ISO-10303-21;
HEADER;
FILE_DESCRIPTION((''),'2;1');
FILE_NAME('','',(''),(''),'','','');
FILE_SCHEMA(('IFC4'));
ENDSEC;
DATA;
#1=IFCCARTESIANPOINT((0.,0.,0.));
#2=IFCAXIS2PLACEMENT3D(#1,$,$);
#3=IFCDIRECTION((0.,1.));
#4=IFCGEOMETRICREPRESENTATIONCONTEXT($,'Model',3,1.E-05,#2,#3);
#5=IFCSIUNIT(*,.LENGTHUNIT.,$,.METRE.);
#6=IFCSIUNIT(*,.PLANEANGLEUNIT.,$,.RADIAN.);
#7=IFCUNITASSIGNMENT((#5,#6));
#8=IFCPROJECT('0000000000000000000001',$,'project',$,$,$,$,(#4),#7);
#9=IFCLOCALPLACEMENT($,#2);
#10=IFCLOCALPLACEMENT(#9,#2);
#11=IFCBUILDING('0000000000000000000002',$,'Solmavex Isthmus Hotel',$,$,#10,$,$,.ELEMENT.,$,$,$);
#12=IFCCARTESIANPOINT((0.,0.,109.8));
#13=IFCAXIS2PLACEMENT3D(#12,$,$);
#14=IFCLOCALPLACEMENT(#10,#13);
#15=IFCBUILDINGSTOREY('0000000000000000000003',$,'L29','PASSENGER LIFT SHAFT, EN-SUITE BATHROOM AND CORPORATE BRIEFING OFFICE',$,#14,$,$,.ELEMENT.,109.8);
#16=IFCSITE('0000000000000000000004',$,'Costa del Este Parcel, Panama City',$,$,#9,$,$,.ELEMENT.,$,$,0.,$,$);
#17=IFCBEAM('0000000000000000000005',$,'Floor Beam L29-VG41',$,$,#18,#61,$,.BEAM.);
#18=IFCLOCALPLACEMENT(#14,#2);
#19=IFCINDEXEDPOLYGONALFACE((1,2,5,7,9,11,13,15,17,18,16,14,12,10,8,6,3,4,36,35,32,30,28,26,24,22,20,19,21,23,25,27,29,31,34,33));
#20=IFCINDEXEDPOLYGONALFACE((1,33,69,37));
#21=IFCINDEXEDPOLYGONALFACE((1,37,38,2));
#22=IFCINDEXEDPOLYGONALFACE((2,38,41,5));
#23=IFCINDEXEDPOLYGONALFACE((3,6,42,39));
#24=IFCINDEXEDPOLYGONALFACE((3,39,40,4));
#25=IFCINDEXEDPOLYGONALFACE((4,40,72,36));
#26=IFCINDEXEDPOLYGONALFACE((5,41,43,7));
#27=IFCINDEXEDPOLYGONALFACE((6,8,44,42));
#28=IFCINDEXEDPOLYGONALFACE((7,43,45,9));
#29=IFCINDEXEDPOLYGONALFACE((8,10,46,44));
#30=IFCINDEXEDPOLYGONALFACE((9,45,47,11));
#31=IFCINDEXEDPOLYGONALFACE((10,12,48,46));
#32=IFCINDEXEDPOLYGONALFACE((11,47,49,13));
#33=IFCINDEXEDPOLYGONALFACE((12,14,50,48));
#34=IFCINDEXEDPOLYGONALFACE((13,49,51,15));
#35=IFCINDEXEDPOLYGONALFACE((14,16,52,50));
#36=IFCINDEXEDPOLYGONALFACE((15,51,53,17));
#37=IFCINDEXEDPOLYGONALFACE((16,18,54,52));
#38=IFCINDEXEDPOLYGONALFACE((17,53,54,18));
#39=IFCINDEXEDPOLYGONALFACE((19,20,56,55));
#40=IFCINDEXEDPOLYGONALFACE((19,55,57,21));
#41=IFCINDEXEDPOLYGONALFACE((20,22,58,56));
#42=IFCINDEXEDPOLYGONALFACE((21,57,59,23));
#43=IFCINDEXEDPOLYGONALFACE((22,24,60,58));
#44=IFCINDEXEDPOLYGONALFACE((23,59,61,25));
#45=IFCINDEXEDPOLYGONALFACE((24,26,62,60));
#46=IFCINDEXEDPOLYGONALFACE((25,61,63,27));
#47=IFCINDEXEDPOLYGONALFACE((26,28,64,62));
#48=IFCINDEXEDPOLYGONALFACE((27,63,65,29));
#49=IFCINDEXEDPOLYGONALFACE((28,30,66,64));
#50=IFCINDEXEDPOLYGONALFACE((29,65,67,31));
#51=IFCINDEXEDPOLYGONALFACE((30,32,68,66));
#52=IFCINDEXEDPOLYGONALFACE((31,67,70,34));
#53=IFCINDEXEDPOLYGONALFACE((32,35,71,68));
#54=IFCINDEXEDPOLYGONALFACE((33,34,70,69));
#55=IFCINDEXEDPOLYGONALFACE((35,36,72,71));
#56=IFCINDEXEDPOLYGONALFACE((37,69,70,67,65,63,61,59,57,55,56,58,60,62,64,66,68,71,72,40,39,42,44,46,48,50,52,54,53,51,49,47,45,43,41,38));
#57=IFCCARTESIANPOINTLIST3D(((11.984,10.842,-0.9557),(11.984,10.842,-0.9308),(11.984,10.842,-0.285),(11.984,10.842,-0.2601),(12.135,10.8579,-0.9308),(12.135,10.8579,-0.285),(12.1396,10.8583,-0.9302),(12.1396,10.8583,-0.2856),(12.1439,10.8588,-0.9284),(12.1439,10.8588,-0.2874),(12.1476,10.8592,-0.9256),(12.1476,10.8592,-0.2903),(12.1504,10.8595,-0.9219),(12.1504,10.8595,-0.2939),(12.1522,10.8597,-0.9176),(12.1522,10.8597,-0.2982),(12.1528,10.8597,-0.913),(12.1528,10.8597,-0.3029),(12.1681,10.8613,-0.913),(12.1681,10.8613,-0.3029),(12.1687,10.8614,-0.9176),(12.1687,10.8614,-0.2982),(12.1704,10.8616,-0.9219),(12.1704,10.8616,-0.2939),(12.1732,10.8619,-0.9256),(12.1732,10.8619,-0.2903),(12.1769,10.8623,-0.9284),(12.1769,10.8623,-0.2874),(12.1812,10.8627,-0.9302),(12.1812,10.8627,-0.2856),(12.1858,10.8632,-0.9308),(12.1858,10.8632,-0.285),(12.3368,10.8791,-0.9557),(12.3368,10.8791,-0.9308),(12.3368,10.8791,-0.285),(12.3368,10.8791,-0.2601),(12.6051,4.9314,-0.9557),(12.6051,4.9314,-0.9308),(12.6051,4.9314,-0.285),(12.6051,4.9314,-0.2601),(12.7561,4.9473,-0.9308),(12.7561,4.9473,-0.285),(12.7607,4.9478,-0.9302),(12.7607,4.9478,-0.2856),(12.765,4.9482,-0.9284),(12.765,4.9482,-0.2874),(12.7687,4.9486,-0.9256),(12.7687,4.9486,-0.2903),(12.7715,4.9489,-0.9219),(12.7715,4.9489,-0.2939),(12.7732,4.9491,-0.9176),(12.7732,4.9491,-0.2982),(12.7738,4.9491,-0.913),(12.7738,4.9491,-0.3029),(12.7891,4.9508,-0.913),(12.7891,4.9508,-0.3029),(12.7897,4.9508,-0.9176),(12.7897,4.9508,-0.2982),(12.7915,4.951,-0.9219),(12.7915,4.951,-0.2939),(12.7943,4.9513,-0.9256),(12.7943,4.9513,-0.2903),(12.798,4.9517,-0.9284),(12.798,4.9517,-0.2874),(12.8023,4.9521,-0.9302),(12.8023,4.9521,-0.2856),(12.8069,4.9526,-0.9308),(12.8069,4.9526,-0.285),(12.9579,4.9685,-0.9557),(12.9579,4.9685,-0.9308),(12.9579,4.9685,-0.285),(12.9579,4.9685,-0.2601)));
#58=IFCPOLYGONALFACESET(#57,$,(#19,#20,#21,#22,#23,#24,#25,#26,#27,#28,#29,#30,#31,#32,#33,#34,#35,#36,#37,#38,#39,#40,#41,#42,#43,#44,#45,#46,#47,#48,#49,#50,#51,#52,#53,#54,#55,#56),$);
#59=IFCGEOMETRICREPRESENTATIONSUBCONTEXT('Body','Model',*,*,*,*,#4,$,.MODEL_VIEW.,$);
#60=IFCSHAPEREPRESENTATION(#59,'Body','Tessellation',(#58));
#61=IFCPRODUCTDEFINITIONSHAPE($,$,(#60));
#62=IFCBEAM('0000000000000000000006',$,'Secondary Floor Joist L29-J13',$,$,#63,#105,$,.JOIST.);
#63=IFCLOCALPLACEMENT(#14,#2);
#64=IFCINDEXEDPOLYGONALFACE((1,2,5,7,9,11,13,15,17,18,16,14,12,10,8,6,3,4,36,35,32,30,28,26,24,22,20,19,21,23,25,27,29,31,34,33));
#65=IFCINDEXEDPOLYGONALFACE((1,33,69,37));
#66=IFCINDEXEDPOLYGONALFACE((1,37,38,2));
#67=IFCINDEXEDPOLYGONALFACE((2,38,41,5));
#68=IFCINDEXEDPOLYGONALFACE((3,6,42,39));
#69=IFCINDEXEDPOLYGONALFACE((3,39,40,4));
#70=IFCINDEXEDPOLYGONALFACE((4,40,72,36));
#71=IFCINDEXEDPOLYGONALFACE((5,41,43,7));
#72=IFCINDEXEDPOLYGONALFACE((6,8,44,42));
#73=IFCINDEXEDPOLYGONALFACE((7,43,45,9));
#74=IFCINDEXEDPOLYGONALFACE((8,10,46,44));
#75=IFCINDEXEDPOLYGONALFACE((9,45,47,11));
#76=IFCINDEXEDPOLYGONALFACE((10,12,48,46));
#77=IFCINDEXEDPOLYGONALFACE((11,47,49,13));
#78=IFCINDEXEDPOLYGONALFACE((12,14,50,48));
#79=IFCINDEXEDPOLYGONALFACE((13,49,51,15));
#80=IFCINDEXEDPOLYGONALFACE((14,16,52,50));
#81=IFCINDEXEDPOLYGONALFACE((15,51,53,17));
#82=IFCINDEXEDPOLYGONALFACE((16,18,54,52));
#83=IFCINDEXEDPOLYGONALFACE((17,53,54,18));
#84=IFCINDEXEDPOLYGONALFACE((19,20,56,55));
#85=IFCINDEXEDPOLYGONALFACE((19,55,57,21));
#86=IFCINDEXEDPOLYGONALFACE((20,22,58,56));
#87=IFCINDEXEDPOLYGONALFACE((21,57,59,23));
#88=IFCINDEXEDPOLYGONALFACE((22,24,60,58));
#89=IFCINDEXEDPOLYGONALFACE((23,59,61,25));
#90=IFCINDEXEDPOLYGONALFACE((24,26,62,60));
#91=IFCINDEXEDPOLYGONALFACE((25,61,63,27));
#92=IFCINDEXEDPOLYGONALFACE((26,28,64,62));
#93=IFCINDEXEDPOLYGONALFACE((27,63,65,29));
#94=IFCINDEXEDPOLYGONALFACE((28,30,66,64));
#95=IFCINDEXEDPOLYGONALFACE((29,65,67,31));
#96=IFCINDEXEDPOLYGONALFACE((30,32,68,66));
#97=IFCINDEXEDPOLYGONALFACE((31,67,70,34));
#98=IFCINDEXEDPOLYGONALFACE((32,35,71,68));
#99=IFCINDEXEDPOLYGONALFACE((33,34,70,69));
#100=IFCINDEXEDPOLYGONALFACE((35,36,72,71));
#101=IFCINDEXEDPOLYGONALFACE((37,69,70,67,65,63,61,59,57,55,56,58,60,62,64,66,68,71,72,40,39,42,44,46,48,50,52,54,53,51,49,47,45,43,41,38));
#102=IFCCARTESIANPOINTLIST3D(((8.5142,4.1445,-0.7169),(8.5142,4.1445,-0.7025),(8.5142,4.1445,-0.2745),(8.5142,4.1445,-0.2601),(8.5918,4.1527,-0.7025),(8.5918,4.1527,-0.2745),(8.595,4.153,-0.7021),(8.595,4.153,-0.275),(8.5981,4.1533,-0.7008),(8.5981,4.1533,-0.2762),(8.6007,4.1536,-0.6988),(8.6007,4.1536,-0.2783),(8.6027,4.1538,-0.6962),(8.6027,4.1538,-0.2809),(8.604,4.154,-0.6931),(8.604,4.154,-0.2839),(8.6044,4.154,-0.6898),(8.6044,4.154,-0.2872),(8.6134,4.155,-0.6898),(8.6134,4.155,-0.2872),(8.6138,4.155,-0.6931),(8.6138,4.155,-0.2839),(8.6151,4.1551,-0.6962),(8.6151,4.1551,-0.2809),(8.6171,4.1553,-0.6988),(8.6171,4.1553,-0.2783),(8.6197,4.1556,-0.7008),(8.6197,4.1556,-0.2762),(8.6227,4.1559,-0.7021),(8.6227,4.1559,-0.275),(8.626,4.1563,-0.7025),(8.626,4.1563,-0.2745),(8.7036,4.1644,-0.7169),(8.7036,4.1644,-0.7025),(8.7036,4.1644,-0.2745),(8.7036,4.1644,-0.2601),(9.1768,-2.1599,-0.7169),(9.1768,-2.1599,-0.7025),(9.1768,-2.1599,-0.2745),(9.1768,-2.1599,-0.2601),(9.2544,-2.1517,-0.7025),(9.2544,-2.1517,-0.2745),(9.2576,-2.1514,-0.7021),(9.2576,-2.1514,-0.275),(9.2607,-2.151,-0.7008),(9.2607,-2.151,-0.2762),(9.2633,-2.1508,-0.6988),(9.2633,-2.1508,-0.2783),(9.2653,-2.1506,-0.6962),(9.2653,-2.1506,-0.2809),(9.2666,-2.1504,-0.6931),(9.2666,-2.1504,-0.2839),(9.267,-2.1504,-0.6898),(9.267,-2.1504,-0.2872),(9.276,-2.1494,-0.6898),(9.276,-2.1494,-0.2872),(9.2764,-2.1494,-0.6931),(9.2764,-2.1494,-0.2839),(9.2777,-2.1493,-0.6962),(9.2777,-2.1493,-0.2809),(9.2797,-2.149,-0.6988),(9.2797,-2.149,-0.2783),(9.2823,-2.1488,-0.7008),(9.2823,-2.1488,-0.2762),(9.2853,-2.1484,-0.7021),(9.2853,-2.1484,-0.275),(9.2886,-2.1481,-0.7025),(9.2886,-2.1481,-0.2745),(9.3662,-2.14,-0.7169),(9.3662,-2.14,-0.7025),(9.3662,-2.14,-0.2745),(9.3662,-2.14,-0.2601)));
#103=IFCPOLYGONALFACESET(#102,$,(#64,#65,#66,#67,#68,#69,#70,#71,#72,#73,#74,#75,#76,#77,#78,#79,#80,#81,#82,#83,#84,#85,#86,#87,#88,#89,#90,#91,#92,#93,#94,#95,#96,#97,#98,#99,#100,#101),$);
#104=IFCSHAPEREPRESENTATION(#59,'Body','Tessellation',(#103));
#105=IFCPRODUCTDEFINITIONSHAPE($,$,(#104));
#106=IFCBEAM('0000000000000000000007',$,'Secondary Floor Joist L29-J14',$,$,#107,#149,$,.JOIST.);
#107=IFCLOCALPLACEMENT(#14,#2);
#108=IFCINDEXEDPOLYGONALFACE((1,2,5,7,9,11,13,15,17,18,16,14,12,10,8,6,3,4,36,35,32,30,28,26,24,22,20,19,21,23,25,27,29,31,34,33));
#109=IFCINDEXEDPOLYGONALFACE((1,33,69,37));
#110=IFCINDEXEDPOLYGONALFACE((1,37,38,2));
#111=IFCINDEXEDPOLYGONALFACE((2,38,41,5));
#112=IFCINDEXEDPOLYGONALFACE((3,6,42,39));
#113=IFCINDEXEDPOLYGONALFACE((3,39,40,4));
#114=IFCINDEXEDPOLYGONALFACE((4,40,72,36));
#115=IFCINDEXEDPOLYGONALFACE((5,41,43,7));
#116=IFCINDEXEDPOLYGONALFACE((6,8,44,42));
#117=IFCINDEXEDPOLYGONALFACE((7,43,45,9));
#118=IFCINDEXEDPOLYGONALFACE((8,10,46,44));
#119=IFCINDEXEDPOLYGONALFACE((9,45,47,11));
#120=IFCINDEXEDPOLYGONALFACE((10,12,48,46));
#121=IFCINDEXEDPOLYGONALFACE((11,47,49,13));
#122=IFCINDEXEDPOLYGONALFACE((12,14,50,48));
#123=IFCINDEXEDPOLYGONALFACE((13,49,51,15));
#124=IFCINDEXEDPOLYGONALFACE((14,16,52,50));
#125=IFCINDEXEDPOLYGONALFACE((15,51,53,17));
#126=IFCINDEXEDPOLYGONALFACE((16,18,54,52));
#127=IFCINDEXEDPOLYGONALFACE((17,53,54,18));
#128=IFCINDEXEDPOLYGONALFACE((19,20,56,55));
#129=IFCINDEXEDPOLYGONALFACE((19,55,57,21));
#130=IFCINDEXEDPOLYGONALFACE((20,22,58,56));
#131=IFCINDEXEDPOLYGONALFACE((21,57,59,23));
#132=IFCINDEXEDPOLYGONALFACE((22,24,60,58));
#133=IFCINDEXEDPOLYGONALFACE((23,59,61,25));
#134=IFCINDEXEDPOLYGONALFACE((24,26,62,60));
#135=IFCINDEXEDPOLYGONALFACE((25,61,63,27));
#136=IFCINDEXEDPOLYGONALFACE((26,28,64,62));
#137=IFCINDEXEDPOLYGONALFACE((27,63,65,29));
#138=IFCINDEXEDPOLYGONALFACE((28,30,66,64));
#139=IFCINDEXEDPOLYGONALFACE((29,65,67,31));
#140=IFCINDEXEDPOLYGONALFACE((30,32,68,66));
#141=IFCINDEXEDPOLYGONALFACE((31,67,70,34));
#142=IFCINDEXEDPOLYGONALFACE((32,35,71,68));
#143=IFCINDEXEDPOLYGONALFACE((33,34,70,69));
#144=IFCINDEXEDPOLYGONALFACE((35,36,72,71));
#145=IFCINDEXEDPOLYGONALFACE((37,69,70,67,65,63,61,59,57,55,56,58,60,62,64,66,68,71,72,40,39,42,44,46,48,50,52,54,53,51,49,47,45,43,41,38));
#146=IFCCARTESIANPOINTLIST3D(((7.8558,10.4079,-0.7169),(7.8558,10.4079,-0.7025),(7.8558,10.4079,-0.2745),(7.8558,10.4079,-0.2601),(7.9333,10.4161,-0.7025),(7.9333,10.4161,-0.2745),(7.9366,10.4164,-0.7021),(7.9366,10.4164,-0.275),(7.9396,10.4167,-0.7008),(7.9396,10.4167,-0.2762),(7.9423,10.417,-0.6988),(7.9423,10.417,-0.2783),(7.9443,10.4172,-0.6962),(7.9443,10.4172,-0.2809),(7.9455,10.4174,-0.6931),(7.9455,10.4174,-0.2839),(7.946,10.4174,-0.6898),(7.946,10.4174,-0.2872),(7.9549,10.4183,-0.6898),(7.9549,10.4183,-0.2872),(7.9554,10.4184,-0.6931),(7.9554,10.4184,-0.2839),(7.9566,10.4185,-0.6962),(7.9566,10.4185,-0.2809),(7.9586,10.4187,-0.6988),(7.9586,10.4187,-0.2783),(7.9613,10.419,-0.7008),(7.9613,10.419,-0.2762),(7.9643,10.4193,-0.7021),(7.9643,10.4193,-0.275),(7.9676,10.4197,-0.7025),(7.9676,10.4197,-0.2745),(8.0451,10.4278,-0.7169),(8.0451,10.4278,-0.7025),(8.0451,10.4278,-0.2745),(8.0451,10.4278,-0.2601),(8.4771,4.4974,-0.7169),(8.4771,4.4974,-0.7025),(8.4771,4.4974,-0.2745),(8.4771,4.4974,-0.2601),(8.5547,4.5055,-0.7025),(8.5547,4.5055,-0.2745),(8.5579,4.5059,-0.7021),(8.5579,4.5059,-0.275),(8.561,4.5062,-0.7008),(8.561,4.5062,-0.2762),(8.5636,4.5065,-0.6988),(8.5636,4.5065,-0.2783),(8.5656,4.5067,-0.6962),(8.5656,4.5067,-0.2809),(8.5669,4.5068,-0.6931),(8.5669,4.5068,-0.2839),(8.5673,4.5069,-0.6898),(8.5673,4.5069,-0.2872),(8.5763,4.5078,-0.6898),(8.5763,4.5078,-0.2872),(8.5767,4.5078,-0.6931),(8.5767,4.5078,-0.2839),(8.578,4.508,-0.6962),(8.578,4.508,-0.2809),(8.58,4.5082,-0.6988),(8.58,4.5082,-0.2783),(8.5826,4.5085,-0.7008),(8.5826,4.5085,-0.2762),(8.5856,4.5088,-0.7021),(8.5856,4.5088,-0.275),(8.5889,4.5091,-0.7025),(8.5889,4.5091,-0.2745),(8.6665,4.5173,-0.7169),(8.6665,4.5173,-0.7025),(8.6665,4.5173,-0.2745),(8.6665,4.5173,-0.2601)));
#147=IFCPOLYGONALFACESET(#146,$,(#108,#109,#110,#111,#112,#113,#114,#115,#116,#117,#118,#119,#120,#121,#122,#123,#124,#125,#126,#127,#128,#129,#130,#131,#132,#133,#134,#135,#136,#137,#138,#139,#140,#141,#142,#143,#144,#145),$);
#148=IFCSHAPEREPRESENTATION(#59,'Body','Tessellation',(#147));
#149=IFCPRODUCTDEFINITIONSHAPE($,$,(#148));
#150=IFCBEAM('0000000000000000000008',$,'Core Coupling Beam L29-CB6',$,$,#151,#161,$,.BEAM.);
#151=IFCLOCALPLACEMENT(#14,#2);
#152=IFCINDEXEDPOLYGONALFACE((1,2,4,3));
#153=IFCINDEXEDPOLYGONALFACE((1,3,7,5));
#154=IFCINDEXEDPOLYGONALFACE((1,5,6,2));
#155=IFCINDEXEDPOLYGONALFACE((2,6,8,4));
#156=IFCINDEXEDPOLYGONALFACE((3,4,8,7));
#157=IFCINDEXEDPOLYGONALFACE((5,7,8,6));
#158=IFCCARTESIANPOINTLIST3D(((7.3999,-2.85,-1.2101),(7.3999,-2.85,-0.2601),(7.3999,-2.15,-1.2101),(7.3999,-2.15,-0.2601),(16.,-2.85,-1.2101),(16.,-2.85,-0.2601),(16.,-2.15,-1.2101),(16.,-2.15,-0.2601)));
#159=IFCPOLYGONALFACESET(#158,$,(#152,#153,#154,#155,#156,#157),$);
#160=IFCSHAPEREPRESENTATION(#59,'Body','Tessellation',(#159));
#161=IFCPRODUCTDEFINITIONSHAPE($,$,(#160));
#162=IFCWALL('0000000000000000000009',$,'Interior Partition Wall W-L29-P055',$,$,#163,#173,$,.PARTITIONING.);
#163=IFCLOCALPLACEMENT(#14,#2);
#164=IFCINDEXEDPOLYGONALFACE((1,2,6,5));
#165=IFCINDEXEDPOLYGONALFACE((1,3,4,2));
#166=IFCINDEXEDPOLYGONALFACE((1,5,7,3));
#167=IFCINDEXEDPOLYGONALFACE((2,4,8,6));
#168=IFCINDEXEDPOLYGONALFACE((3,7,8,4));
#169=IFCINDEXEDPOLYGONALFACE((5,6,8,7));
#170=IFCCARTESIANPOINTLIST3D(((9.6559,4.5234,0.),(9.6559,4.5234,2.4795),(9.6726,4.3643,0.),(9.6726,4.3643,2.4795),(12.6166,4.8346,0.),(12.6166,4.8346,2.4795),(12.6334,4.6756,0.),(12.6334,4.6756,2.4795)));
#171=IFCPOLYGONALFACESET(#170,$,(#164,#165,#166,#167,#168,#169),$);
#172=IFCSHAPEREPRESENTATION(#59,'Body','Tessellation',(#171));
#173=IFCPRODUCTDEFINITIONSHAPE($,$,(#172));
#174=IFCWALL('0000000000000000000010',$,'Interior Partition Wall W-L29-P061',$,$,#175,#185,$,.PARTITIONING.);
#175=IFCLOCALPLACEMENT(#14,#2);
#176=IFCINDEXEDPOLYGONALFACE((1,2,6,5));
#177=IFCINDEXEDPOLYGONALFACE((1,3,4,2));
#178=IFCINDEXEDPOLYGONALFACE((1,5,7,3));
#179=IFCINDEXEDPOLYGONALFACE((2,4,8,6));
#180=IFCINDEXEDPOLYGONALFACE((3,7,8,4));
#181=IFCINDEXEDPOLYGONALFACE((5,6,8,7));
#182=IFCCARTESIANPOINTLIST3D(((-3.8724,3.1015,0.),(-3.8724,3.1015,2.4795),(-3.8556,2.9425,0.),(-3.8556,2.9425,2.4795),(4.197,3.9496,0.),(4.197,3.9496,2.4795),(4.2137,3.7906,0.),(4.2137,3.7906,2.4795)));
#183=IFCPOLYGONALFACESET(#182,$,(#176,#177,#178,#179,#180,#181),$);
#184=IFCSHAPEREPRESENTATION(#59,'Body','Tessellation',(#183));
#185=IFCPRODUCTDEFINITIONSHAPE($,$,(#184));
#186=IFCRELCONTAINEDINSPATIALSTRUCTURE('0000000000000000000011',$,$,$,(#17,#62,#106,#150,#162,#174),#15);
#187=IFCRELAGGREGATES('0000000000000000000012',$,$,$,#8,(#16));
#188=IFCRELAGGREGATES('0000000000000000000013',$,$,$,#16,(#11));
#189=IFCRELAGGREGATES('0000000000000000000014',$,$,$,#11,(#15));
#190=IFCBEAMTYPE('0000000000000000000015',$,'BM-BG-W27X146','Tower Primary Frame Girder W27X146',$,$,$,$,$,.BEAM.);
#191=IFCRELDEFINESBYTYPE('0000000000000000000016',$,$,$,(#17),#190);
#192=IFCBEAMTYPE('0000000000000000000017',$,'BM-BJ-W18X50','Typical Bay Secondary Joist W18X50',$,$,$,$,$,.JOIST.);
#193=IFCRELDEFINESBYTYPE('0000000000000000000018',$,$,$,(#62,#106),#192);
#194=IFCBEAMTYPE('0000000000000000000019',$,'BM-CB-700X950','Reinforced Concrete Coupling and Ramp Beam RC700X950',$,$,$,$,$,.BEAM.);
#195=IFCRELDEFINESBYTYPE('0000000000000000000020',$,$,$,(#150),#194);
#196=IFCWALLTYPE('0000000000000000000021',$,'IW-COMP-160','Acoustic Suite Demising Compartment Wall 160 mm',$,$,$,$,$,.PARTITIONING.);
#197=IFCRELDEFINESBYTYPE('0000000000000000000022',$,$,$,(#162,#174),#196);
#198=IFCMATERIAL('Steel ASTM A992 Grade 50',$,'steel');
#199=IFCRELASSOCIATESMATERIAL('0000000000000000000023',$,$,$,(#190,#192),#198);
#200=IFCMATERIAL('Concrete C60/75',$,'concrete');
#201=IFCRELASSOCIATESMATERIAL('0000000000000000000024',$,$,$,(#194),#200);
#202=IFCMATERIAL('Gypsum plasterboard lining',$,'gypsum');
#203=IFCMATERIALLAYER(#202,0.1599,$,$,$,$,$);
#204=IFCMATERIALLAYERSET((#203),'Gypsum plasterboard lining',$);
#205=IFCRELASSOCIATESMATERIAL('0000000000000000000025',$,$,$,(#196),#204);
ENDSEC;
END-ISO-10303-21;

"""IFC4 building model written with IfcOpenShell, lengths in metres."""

from ifc_helpers import new_model, si_unit, direction, frame, frame_2d, origin, origin_2d, place, context, subcontext, project, spatial, rectangle, i_section, extrude, material, layer, layer_set, material_profile, profile_set, type_object, element, save


model = new_model("IFC4")

# Units and contexts
model_context = context("Model", 3, precision=1e-05, world=origin(), true_north=direction((0.0, 1.0)))
body_context = subcontext(model_context, "Body", "Model", "MODEL_VIEW")
ifc_project = project(units=[si_unit("LENGTHUNIT", "METRE"), si_unit("PLANEANGLEUNIT", "RADIAN")], contexts=[model_context])

# Site, building, storey
site_placement = place(None, origin())
site = spatial("IfcSite", under=ifc_project, at=site_placement, Name="Costa del Este Parcel, Panama City", CompositionType="ELEMENT", RefElevation=0.0)
building_placement = place(site_placement, origin())
building = spatial("IfcBuilding", under=site, at=building_placement, Name="Solmavex Isthmus Hotel", CompositionType="ELEMENT")
storey_placement = place(building_placement, frame((0.0, 0.0, 109.8)))
storey = spatial("IfcBuildingStorey", under=building, at=storey_placement, Name="L29", Description="PASSENGER LIFT SHAFT, EN-SUITE BATHROOM AND CORPORATE BRIEFING OFFICE", CompositionType="ELEMENT", Elevation=109.8)

# Shared definitions
ifc_material_1 = material(Name="Concrete C60/75", Category="concrete")

# Beams
ifc_material_2 = material(Name="Steel ASTM A992 Grade 50", Category="steel")
ifc_material_profile_1 = material_profile(ifc_material_2, i_section(OverallWidth=0.3547, OverallDepth=0.6956, WebThickness=0.0154, FlangeThickness=0.0249, FilletRadius=0.0178, at=origin_2d()), Name="W27X146")
ifc_profile_set_1 = profile_set([ifc_material_profile_1], Name="Steel ASTM A992 Grade 50")
beam_type_1 = type_object("IfcBeamType", Name="BM-BG-W27X146", Description="Tower Primary Frame Girder W27X146", PredefinedType="BEAM", material=ifc_profile_set_1)
beam_1_placement = place(storey_placement, frame((12.7815, 4.95, -0.6079), z_axis=(-0.104505, 0.994524, 0.0), x_axis=(-0.994524, -0.104505, 0.0)))
element("IfcBeam", 1, at=beam_1_placement, inside=storey, type_object=beam_type_1, Name="Floor Beam L29-VG41", PredefinedType="BEAM", context=body_context, shape_type="SweptSolid", body=[
    extrude(i_section(OverallWidth=0.3547, OverallDepth=0.6956, WebThickness=0.0154, FlangeThickness=0.0249, FilletRadius=0.0178, at=origin_2d()), origin(), (0.0, 0.0, 1.0), 5.9431),
])
ifc_material_profile_2 = material_profile(ifc_material_2, i_section(OverallWidth=0.1904, OverallDepth=0.4568, WebThickness=0.009, FlangeThickness=0.0144, FilletRadius=0.0127, at=origin_2d()), Name="W18X50")
ifc_profile_set_2 = profile_set([ifc_material_profile_2], Name="Steel ASTM A992 Grade 50")
beam_type_2 = type_object("IfcBeamType", Name="BM-BJ-W18X50", Description="Typical Bay Secondary Joist W18X50", PredefinedType="JOIST", material=ifc_profile_set_2)
beam_2_placement = place(storey_placement, frame((9.2715, -2.1499, -0.4885), z_axis=(-0.104524, 0.994522, 0.0), x_axis=(-0.994522, -0.104524, 0.0)))
element("IfcBeam", 2, at=beam_2_placement, inside=storey, type_object=beam_type_2, Name="Secondary Floor Joist L29-J13", PredefinedType="JOIST", context=body_context, shape_type="SweptSolid", body=[
    extrude(i_section(OverallWidth=0.1904, OverallDepth=0.4568, WebThickness=0.009, FlangeThickness=0.0144, FilletRadius=0.0127, at=origin_2d()), origin(), (0.0, 0.0, 1.0), 6.3391),
])
beam_3_placement = place(storey_placement, frame((8.5718, 4.5073, -0.4885), z_axis=(-0.104546, 0.99452, 0.0), x_axis=(-0.99452, -0.104546, 0.0)))
element("IfcBeam", 3, at=beam_3_placement, inside=storey, type_object=beam_type_2, Name="Secondary Floor Joist L29-J14", PredefinedType="JOIST", context=body_context, shape_type="SweptSolid", body=[
    extrude(i_section(OverallWidth=0.1904, OverallDepth=0.4568, WebThickness=0.009, FlangeThickness=0.0144, FilletRadius=0.0127, at=origin_2d()), origin(), (0.0, 0.0, 1.0), 5.9431),
])
ifc_material_profile_3 = material_profile(ifc_material_1, rectangle(XDim=0.7, YDim=0.95, at=origin_2d()), Name="RC700X950")
ifc_profile_set_3 = profile_set([ifc_material_profile_3], Name="Concrete C60/75")
beam_type_3 = type_object("IfcBeamType", Name="BM-CB-700X950", Description="Reinforced Concrete Coupling and Ramp Beam RC700X950", PredefinedType="BEAM", material=ifc_profile_set_3)
beam_4_placement = place(storey_placement, frame((7.3999, -2.5, -0.7351), z_axis=(1.0, 0.0, 0.0), x_axis=(0.0, 1.0, 0.0)))
element("IfcBeam", 4, at=beam_4_placement, inside=storey, type_object=beam_type_3, Name="Core Coupling Beam L29-CB6", PredefinedType="BEAM", context=body_context, shape_type="SweptSolid", body=[
    extrude(rectangle(XDim=0.7, YDim=0.95, at=origin_2d()), origin(), (0.0, 0.0, 1.0), 8.6001),
])

# Walls
ifc_material_3 = material(Name="Gypsum plasterboard lining", Category="gypsum")
ifc_layer_1 = layer(ifc_material_3, 0.1599)
ifc_layer_set_1 = layer_set([ifc_layer_1], Name="Gypsum plasterboard lining")
wall_type_1 = type_object("IfcWallType", Name="IW-COMP-160", Description="Acoustic Suite Demising Compartment Wall 160 mm", PredefinedType="PARTITIONING", material=ifc_layer_set_1)
wall_1_placement = place(storey_placement, frame((12.625, 4.7551, 0.0), z_axis=(0.0, 0.0, 1.0), x_axis=(-0.994518, -0.104561, 0.0)))
element("IfcWall", 5, at=wall_1_placement, inside=storey, type_object=wall_type_1, Name="Interior Partition Wall W-L29-P055", PredefinedType="PARTITIONING", context=body_context, shape_type="SweptSolid", body=[
    extrude(rectangle(XDim=2.9771, YDim=0.1599, at=frame_2d((1.4885, 0.0))), origin(), (0.0, 0.0, 1.0), 2.4795),
])
wall_2_placement = place(storey_placement, frame((4.2053, 3.8701, 0.0), z_axis=(0.0, 0.0, 1.0), x_axis=(-0.994522, -0.104531, 0.0)))
element("IfcWall", 6, at=wall_2_placement, inside=storey, type_object=wall_type_1, Name="Interior Partition Wall W-L29-P061", PredefinedType="PARTITIONING", context=body_context, shape_type="SweptSolid", body=[
    extrude(rectangle(XDim=8.1138, YDim=0.1599, at=frame_2d((4.0569, 0.0))), origin(), (0.0, 0.0, 1.0), 2.4795),
])

save(model, "model.ifc")
